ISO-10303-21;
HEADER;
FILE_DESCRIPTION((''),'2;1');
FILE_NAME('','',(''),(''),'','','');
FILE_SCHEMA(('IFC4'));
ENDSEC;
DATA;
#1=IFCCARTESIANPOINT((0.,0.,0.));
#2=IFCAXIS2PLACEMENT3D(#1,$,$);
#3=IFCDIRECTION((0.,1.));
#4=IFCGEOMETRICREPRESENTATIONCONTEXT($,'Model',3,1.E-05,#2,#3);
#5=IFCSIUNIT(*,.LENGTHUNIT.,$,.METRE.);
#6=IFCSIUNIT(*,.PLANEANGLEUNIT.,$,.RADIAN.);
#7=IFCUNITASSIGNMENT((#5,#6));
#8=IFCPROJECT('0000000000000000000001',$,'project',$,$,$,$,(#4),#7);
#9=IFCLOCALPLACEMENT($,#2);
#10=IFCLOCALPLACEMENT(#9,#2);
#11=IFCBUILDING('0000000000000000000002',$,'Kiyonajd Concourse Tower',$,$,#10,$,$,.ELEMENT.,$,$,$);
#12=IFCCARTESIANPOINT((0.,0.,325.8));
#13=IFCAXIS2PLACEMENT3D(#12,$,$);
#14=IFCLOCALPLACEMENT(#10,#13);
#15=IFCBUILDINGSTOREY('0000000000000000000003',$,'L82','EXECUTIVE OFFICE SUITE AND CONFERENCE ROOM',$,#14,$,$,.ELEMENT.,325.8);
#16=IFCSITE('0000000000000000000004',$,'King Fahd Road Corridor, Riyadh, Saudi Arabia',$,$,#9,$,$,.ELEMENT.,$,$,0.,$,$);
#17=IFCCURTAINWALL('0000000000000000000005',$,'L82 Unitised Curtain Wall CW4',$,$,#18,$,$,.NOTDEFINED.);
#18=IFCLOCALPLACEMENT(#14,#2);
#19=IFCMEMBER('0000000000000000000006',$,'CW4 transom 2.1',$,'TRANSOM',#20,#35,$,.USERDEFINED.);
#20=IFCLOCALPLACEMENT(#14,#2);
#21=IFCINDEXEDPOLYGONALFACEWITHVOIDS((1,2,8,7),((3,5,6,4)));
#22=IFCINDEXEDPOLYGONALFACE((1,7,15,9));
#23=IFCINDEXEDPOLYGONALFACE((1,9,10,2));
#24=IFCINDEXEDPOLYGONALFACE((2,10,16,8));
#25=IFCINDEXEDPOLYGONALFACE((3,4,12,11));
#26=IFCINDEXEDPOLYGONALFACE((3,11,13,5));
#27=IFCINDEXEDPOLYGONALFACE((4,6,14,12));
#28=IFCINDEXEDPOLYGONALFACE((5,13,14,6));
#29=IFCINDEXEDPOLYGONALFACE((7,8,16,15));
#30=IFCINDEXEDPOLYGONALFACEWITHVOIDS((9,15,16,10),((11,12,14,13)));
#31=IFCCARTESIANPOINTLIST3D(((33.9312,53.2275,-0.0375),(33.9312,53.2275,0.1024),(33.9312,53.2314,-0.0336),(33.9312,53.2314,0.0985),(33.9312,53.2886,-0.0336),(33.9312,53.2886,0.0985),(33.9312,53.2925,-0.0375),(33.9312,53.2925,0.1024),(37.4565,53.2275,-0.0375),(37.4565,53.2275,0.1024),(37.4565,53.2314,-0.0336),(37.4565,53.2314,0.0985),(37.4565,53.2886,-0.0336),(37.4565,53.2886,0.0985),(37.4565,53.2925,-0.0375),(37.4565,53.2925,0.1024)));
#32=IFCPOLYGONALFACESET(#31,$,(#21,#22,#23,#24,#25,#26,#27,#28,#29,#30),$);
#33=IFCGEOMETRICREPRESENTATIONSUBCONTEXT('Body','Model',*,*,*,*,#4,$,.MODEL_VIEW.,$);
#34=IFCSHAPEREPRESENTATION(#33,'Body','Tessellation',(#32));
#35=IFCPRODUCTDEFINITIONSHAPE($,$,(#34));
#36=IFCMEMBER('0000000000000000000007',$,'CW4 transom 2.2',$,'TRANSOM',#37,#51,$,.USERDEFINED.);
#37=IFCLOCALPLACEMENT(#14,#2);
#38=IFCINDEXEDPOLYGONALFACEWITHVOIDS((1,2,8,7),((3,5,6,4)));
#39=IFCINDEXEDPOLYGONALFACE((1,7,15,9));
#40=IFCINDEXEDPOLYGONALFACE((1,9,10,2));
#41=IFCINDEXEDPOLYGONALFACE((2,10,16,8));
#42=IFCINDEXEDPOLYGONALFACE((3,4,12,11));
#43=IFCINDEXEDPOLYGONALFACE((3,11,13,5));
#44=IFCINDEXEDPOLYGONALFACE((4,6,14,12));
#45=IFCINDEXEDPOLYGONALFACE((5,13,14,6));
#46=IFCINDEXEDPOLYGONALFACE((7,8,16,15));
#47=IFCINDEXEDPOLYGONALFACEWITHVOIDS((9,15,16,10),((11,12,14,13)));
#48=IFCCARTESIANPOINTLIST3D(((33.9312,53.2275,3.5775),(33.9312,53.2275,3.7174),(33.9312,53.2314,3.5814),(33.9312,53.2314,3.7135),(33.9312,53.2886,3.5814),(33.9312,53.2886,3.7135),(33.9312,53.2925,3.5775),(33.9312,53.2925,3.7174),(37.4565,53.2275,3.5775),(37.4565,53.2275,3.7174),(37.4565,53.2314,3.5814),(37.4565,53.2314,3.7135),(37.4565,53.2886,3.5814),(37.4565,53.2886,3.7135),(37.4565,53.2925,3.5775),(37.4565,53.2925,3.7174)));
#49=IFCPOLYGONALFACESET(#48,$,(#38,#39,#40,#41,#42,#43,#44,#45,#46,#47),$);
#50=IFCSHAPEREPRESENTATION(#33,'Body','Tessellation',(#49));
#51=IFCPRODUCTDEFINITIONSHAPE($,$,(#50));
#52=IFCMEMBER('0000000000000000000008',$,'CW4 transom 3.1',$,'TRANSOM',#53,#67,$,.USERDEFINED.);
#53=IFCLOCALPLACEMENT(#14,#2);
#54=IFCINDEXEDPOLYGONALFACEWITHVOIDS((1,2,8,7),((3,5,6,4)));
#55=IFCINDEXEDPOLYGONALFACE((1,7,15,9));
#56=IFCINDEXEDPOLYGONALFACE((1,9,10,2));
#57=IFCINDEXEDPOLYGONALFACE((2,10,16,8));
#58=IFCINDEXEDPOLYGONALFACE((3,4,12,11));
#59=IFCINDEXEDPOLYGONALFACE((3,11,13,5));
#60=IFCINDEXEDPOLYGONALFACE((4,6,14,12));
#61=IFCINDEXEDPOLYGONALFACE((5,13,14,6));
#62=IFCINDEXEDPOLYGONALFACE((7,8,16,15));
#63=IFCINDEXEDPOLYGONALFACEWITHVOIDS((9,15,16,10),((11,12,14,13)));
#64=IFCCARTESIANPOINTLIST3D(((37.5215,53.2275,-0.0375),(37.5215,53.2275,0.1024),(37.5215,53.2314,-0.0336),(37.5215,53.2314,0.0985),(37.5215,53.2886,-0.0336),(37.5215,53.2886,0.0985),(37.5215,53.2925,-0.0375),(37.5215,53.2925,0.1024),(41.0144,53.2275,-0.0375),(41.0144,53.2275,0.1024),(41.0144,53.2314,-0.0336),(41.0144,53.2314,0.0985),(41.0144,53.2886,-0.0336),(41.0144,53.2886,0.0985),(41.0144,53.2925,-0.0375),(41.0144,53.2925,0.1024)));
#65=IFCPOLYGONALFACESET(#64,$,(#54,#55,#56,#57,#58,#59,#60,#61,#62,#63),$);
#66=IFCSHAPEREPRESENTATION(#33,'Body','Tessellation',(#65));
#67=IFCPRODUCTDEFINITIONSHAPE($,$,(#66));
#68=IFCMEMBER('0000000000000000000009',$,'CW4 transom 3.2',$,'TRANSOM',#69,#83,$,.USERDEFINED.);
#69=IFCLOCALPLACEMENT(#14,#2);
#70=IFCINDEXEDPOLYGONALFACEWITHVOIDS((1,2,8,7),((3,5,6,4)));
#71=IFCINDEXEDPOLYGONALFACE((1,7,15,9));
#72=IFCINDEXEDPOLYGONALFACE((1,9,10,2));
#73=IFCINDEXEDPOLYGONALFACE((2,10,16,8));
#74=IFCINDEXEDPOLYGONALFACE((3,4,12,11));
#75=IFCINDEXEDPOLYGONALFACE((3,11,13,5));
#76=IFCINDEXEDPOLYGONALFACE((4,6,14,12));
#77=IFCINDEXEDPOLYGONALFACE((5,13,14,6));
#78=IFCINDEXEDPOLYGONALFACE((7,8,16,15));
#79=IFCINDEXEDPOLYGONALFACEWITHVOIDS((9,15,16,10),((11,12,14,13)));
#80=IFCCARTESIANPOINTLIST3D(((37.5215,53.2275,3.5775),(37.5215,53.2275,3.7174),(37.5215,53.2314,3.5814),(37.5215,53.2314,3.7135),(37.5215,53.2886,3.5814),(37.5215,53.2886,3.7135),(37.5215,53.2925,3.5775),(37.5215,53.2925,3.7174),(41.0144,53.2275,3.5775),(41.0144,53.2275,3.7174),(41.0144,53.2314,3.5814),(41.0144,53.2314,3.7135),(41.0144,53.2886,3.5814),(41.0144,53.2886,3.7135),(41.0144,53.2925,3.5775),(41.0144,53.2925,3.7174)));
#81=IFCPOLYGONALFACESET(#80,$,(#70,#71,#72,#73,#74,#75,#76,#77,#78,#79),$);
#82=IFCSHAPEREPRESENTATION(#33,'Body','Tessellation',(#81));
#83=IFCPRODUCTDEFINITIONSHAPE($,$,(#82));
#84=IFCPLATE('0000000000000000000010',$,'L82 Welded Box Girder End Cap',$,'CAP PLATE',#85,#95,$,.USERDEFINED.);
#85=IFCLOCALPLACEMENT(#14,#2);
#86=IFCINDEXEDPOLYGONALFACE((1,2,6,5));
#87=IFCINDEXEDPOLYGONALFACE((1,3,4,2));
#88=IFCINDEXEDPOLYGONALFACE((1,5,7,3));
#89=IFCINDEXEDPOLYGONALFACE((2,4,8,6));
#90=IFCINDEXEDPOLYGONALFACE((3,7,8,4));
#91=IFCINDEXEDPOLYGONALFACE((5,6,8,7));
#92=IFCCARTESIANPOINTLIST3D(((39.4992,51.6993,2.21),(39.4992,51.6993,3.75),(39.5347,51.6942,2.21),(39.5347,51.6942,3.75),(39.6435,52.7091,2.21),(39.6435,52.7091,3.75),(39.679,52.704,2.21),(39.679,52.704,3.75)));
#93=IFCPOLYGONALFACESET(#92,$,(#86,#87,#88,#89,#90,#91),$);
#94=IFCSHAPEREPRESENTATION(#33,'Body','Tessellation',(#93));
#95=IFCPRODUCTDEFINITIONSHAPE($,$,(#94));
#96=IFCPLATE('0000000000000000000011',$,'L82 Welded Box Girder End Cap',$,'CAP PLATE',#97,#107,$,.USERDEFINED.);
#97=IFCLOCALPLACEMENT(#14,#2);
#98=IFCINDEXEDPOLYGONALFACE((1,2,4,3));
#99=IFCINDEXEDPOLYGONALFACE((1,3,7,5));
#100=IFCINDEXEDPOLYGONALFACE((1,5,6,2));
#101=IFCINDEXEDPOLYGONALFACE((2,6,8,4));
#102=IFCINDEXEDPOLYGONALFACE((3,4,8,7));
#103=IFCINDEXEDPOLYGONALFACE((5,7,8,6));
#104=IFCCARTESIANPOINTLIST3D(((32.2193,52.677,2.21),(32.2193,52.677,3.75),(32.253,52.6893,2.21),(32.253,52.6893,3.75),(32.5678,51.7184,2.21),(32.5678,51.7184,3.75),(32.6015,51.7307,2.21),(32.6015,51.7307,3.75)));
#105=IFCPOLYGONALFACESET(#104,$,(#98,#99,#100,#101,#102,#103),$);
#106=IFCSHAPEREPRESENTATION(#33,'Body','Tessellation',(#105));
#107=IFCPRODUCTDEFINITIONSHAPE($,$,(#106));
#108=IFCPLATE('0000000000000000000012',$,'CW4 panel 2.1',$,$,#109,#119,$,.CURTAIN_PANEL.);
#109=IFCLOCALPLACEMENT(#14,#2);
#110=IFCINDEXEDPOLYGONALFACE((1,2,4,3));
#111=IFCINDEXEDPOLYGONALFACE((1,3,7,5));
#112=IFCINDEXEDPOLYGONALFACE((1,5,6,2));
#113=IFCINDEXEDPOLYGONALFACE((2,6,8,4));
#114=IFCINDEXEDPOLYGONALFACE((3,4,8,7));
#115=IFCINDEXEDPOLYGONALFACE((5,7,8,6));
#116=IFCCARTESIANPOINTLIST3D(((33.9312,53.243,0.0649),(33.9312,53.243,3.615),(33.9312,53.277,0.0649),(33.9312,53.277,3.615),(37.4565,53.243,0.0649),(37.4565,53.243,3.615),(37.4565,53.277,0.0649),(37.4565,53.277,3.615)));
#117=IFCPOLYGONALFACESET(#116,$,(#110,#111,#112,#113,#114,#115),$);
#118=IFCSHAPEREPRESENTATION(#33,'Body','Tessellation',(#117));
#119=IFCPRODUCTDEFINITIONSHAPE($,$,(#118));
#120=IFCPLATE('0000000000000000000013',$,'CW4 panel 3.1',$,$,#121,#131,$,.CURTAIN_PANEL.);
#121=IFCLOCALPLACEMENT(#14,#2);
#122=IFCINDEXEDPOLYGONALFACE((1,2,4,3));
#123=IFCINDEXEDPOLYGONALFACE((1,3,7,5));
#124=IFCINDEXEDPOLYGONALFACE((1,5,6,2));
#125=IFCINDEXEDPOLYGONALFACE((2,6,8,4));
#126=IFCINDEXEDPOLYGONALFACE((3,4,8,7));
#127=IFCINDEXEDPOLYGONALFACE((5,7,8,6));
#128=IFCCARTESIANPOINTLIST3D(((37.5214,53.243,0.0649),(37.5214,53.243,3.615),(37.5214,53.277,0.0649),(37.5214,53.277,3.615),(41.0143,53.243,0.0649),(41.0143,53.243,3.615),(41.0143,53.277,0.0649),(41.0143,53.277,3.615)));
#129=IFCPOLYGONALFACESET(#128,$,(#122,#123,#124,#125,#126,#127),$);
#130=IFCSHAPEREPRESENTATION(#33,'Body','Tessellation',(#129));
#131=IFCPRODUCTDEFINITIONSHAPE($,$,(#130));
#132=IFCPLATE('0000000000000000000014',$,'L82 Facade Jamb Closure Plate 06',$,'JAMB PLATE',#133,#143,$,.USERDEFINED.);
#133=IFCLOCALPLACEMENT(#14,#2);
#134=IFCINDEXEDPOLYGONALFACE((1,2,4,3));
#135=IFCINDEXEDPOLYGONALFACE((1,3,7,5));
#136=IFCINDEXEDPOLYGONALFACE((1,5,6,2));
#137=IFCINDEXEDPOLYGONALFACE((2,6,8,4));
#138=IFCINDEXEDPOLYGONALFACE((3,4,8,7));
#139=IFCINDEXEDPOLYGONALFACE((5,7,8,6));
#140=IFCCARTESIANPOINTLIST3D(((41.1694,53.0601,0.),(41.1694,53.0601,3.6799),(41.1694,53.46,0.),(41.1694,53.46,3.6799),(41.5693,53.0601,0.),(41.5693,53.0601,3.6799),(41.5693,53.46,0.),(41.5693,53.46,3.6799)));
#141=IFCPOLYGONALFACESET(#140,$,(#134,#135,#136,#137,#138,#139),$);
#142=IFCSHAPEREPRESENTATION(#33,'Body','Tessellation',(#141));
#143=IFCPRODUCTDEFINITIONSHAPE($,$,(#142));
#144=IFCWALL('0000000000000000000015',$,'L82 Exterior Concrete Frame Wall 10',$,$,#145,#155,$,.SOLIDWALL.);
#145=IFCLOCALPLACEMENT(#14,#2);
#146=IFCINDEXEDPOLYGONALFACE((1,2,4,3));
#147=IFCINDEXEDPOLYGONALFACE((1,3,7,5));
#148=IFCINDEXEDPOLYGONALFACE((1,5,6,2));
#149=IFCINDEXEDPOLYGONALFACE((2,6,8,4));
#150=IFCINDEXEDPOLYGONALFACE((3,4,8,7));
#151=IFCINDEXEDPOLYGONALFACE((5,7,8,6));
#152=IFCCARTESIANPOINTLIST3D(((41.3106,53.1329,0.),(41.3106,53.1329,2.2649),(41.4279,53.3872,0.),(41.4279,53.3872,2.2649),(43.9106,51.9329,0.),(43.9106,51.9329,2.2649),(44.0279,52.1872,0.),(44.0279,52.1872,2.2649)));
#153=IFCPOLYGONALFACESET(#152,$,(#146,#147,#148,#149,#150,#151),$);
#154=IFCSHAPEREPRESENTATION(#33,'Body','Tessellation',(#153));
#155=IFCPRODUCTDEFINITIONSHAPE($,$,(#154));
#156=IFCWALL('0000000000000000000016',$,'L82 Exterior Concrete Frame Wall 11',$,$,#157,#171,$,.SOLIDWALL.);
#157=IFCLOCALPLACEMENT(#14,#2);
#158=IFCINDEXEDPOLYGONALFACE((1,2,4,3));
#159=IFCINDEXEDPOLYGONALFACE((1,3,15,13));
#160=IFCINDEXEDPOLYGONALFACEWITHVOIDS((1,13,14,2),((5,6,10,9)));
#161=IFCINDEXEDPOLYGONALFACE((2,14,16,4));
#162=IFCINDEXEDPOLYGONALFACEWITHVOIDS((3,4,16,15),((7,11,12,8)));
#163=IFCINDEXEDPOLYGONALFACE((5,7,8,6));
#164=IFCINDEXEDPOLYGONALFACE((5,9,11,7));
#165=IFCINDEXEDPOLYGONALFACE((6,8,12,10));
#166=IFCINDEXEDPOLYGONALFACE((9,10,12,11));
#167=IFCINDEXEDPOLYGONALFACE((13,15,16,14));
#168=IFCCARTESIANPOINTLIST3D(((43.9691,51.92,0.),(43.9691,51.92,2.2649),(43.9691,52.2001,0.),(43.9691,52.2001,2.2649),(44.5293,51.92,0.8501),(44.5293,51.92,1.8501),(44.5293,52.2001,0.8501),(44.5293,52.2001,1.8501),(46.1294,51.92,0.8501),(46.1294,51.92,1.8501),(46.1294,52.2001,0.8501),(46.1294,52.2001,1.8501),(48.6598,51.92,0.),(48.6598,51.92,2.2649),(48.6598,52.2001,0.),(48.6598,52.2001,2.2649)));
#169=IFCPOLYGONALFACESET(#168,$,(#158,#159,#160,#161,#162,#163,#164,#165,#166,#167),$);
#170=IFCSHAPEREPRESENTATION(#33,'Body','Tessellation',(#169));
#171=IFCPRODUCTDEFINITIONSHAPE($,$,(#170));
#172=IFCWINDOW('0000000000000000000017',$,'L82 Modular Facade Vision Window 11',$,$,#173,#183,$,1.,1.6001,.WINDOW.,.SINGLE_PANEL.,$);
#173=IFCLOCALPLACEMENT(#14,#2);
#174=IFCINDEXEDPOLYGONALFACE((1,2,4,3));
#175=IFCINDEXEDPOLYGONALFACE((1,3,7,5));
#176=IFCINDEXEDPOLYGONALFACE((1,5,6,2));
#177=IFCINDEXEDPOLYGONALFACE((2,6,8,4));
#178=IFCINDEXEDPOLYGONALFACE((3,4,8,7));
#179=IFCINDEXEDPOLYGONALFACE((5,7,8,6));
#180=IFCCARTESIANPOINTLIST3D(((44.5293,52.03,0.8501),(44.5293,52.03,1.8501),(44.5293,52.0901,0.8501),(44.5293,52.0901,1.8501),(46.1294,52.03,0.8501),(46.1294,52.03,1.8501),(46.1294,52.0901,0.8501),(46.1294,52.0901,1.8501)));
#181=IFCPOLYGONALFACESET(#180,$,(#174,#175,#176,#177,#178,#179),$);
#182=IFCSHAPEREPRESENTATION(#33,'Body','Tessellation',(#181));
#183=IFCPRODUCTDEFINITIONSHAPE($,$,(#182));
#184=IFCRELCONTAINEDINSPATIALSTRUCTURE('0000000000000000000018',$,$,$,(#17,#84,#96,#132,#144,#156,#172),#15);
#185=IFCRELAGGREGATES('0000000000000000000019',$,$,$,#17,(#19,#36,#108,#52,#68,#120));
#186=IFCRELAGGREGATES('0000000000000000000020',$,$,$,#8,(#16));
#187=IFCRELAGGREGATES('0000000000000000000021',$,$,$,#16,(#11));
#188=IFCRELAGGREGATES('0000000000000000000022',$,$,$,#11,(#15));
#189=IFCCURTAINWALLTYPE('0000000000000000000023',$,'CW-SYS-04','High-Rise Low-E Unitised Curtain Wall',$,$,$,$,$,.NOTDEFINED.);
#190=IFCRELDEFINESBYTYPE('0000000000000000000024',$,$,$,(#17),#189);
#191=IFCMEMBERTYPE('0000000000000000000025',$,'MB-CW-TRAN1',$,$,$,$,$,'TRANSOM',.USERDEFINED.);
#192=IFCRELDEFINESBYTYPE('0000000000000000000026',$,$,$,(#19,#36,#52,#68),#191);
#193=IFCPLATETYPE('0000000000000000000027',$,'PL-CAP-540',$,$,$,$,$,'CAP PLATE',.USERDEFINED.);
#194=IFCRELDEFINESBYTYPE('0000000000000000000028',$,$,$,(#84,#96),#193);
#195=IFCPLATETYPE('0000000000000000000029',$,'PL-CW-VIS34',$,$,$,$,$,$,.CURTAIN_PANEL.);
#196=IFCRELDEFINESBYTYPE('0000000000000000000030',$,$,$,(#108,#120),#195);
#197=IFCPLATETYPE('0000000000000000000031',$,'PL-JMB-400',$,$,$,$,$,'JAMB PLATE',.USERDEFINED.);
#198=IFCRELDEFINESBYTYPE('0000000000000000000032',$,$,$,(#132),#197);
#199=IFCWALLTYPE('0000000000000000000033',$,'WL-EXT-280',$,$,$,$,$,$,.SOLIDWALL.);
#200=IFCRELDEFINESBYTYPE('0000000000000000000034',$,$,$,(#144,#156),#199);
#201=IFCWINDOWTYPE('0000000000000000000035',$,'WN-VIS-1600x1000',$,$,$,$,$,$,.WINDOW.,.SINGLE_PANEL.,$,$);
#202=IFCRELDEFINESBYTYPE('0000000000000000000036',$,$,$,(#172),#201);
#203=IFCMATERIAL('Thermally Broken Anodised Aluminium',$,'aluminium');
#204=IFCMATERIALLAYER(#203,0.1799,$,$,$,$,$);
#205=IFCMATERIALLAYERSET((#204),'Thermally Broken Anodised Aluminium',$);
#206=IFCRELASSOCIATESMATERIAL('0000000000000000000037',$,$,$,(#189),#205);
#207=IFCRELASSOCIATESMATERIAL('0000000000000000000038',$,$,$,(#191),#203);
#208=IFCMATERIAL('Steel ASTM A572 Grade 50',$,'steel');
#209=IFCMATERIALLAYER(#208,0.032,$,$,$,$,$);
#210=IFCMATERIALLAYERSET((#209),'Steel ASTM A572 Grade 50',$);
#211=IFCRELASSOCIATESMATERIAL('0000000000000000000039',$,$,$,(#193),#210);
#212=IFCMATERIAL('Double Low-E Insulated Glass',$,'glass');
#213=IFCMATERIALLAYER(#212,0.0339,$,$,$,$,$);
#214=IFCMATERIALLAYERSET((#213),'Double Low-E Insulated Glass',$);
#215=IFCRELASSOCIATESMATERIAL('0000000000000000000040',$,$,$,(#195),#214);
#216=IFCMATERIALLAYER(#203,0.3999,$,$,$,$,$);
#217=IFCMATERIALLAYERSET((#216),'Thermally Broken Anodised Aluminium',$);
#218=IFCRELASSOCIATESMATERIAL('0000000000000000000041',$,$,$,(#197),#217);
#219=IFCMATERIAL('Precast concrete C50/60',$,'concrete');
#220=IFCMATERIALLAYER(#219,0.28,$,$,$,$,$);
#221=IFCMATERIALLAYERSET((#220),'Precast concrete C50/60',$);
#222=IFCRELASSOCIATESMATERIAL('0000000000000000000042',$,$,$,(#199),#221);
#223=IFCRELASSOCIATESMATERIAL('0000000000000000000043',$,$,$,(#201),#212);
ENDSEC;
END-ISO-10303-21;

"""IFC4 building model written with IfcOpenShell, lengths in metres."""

from ifc_helpers import new_model, si_unit, direction, frame, frame_2d, origin, origin_2d, place, context, subcontext, project, spatial, rectangle, hollow_rectangle, extrude, material, layer, layer_set, material_profile, profile_set, type_object, element, fill, aggregate, save


model = new_model("IFC4")

# Units and contexts
model_context = context("Model", 3, precision=1e-05, world=origin(), true_north=direction((0.0, 1.0)))
body_context = subcontext(model_context, "Body", "Model", "MODEL_VIEW")
ifc_project = project(units=[si_unit("LENGTHUNIT", "METRE"), si_unit("PLANEANGLEUNIT", "RADIAN")], contexts=[model_context])

# Site, building, storey
site_placement = place(None, origin())
site = spatial("IfcSite", under=ifc_project, at=site_placement, Name="King Fahd Road Corridor, Riyadh, Saudi Arabia", CompositionType="ELEMENT", RefElevation=0.0)
building_placement = place(site_placement, origin())
building = spatial("IfcBuilding", under=site, at=building_placement, Name="Kiyonajd Concourse Tower", CompositionType="ELEMENT")
storey_placement = place(building_placement, frame((0.0, 0.0, 325.8)))
storey = spatial("IfcBuildingStorey", under=building, at=storey_placement, Name="L82", Description="EXECUTIVE OFFICE SUITE AND CONFERENCE ROOM", CompositionType="ELEMENT", Elevation=325.8)

# Curtain wall, members
ifc_material_1 = material(Name="Thermally Broken Anodised Aluminium", Category="aluminium")
ifc_layer_1 = layer(ifc_material_1, 0.1799)
ifc_layer_set_1 = layer_set([ifc_layer_1], Name="Thermally Broken Anodised Aluminium")
curtain_wall_type = type_object("IfcCurtainWallType", Name="CW-SYS-04", Description="High-Rise Low-E Unitised Curtain Wall", PredefinedType="NOTDEFINED", material=ifc_layer_set_1)
curtain_wall_placement = place(storey_placement, origin())
curtain_wall = element("IfcCurtainWall", 1, at=curtain_wall_placement, inside=storey, type_object=curtain_wall_type, Name="L82 Unitised Curtain Wall CW4", PredefinedType="NOTDEFINED")
ifc_material_profile_1 = material_profile(ifc_material_1, hollow_rectangle(XDim=0.0649, YDim=0.1399, WallThickness=0.0039, at=origin_2d()), Name="TRAN-65x140")
ifc_profile_set_1 = profile_set([ifc_material_profile_1], Name="Thermally Broken Anodised Aluminium")
member_type_1 = type_object("IfcMemberType", Name="MB-CW-TRAN1", ElementType="TRANSOM", PredefinedType="USERDEFINED", material=ifc_profile_set_1)
member_1_placement = place(storey_placement, frame((33.9312, 53.26, 0.0325), z_axis=(1.0, 0.0, 0.0), x_axis=(0.0, 1.0, 0.0)))
member_1 = element("IfcMember", 2, at=member_1_placement, type_object=member_type_1, Name="CW4 transom 2.1", ObjectType="TRANSOM", PredefinedType="USERDEFINED", context=body_context, shape_type="SweptSolid", body=[
    extrude(hollow_rectangle(XDim=0.0649, YDim=0.1399, WallThickness=0.0039, at=origin_2d()), origin(), (0.0, 0.0, 1.0), 3.5254),
])
member_2_placement = place(storey_placement, frame((33.9312, 53.26, 3.6475), z_axis=(1.0, 0.0, 0.0), x_axis=(0.0, 1.0, 0.0)))
member_2 = element("IfcMember", 3, at=member_2_placement, type_object=member_type_1, Name="CW4 transom 2.2", ObjectType="TRANSOM", PredefinedType="USERDEFINED", context=body_context, shape_type="SweptSolid", body=[
    extrude(hollow_rectangle(XDim=0.0649, YDim=0.1399, WallThickness=0.0039, at=origin_2d()), origin(), (0.0, 0.0, 1.0), 3.5254),
])
member_3_placement = place(storey_placement, frame((37.5215, 53.26, 0.0325), z_axis=(1.0, 0.0, 0.0), x_axis=(0.0, 1.0, 0.0)))
member_3 = element("IfcMember", 4, at=member_3_placement, type_object=member_type_1, Name="CW4 transom 3.1", ObjectType="TRANSOM", PredefinedType="USERDEFINED", context=body_context, shape_type="SweptSolid", body=[
    extrude(hollow_rectangle(XDim=0.0649, YDim=0.1399, WallThickness=0.0039, at=origin_2d()), origin(), (0.0, 0.0, 1.0), 3.4929),
])
member_4_placement = place(storey_placement, frame((37.5215, 53.26, 3.6475), z_axis=(1.0, 0.0, 0.0), x_axis=(0.0, 1.0, 0.0)))
member_4 = element("IfcMember", 5, at=member_4_placement, type_object=member_type_1, Name="CW4 transom 3.2", ObjectType="TRANSOM", PredefinedType="USERDEFINED", context=body_context, shape_type="SweptSolid", body=[
    extrude(hollow_rectangle(XDim=0.0649, YDim=0.1399, WallThickness=0.0039, at=origin_2d()), origin(), (0.0, 0.0, 1.0), 3.4929),
])

# Plates
ifc_material_2 = material(Name="Steel ASTM A572 Grade 50", Category="steel")
ifc_layer_2 = layer(ifc_material_2, 0.032)
ifc_layer_set_2 = layer_set([ifc_layer_2], Name="Steel ASTM A572 Grade 50")
plate_type_1 = type_object("IfcPlateType", Name="PL-CAP-540", ElementType="CAP PLATE", PredefinedType="USERDEFINED", material=ifc_layer_set_2)
for number, where, z_axis, x_axis, name in (
    (6, (39.5891, 52.2017, 2.21), (0.0, 0.0, 1.0), (-0.98995, 0.14142, 0.0), "L82 Welded Box Girder End Cap"),
    (7, (32.4104, 52.2039, 2.21), (0.0, 0.0, 1.0), (0.939812, 0.341692, 0.0), "L82 Welded Box Girder End Cap"),
):
    element("IfcPlate", number, at=place(storey_placement, frame(where, z_axis=z_axis, x_axis=x_axis)), inside=storey, type_object=plate_type_1, Name=name, ObjectType="CAP PLATE", PredefinedType="USERDEFINED", context=body_context, shape_type="SweptSolid", body=[
        extrude(rectangle(XDim=0.0359, YDim=1.02, at=origin_2d()), origin(), (0.0, 0.0, 1.0), 1.54),
    ])

# Plates
ifc_material_3 = material(Name="Double Low-E Insulated Glass", Category="glass")
ifc_layer_3 = layer(ifc_material_3, 0.0339)
ifc_layer_set_3 = layer_set([ifc_layer_3], Name="Double Low-E Insulated Glass")
plate_type_2 = type_object("IfcPlateType", Name="PL-CW-VIS34", PredefinedType="CURTAIN_PANEL", material=ifc_layer_set_3)
plate_1_placement = place(storey_placement, frame((35.6938, 53.26, 0.0649), z_axis=(0.0, 0.0, 1.0), x_axis=(1.0, 0.0, 0.0)))
plate_1 = element("IfcPlate", 8, at=plate_1_placement, type_object=plate_type_2, Name="CW4 panel 2.1", PredefinedType="CURTAIN_PANEL", context=body_context, shape_type="SweptSolid", body=[
    extrude(rectangle(XDim=3.5254, YDim=0.0339, at=origin_2d()), origin(), (0.0, 0.0, 1.0), 3.55),
])
plate_2_placement = place(storey_placement, frame((39.2678, 53.26, 0.0649), z_axis=(0.0, 0.0, 1.0), x_axis=(1.0, 0.0, 0.0)))
plate_2 = element("IfcPlate", 9, at=plate_2_placement, type_object=plate_type_2, Name="CW4 panel 3.1", PredefinedType="CURTAIN_PANEL", context=body_context, shape_type="SweptSolid", body=[
    extrude(rectangle(XDim=3.4929, YDim=0.0339, at=origin_2d()), origin(), (0.0, 0.0, 1.0), 3.55),
])
aggregate(curtain_wall, [member_1, member_2, plate_1, member_3, member_4, plate_2])
ifc_layer_4 = layer(ifc_material_1, 0.3999)
ifc_layer_set_4 = layer_set([ifc_layer_4], Name="Thermally Broken Anodised Aluminium")
plate_type_3 = type_object("IfcPlateType", Name="PL-JMB-400", ElementType="JAMB PLATE", PredefinedType="USERDEFINED", material=ifc_layer_set_4)
plate_3_placement = place(storey_placement, frame((41.3694, 53.26, 0.0), z_axis=(0.0, 0.0, 1.0), x_axis=(1.0, 0.0, 0.0)))
element("IfcPlate", 10, at=plate_3_placement, inside=storey, type_object=plate_type_3, Name="L82 Facade Jamb Closure Plate 06", ObjectType="JAMB PLATE", PredefinedType="USERDEFINED", context=body_context, shape_type="SweptSolid", body=[
    extrude(rectangle(XDim=0.3999, YDim=0.3999, at=origin_2d()), origin(), (0.0, 0.0, 1.0), 3.6799),
])

# Wall
ifc_material_4 = material(Name="Precast concrete C50/60", Category="concrete")
ifc_layer_5 = layer(ifc_material_4, 0.28)
ifc_layer_set_5 = layer_set([ifc_layer_5], Name="Precast concrete C50/60")
wall_type_1 = type_object("IfcWallType", Name="WL-EXT-280", PredefinedType="SOLIDWALL", material=ifc_layer_set_5)
wall_1_placement = place(storey_placement, frame((41.3694, 53.26, 0.0), z_axis=(0.0, 0.0, 1.0), x_axis=(0.907957, -0.419064, 0.0)))
element("IfcWall", 11, at=wall_1_placement, inside=storey, type_object=wall_type_1, Name="L82 Exterior Concrete Frame Wall 10", PredefinedType="SOLIDWALL", context=body_context, shape_type="SweptSolid", body=[
    extrude(rectangle(XDim=2.8635, YDim=0.28, at=frame_2d((1.4316, 0.0))), origin(), (0.0, 0.0, 1.0), 2.2649),
])

# Wall, opening, window
wall_2_placement = place(storey_placement, frame((43.9692, 52.0601, 0.0), z_axis=(0.0, 0.0, 1.0), x_axis=(1.0, 0.0, 0.0)))
wall_2 = element("IfcWall", 12, at=wall_2_placement, inside=storey, type_object=wall_type_1, Name="L82 Exterior Concrete Frame Wall 11", PredefinedType="SOLIDWALL", context=body_context, shape_type="SweptSolid", body=[
    extrude(rectangle(XDim=4.6907, YDim=0.28, at=frame_2d((2.3452, 0.0))), origin(), (0.0, 0.0, 1.0), 2.2649),
])
opening_1_placement = place(wall_2_placement, frame((0.5601, 0.0, 0.8501)))
opening_1 = element("IfcOpeningElement", 13, at=opening_1_placement, cuts=wall_2, PredefinedType="OPENING", context=body_context, shape_type="SweptSolid", body=[
    extrude(rectangle(XDim=1.6001, YDim=1.0, at=frame_2d((0.8, 0.5))), frame((0.0, 0.1499, 0.0), z_axis=(0.0, -1.0, 0.0), x_axis=(1.0, 0.0, 0.0)), (0.0, 0.0, 1.0), 0.3),
])
window_type = type_object("IfcWindowType", Name="WN-VIS-1600x1000", PartitioningType="SINGLE_PANEL", PredefinedType="WINDOW", material=ifc_material_3)
window_placement = place(opening_1_placement, origin())
window = element("IfcWindow", 14, at=window_placement, inside=storey, type_object=window_type, Name="L82 Modular Facade Vision Window 11", OverallHeight=1.0, OverallWidth=1.6001, PartitioningType="SINGLE_PANEL", PredefinedType="WINDOW", context=body_context, shape_type="SweptSolid", body=[
    extrude(rectangle(XDim=1.6001, YDim=1.0, at=frame_2d((0.8, 0.5))), frame((0.0, 0.03, 0.0), z_axis=(0.0, -1.0, 0.0), x_axis=(1.0, 0.0, 0.0)), (0.0, 0.0, 1.0), 0.0601),
])
fill(opening_1, window)

save(model, "model.ifc")
